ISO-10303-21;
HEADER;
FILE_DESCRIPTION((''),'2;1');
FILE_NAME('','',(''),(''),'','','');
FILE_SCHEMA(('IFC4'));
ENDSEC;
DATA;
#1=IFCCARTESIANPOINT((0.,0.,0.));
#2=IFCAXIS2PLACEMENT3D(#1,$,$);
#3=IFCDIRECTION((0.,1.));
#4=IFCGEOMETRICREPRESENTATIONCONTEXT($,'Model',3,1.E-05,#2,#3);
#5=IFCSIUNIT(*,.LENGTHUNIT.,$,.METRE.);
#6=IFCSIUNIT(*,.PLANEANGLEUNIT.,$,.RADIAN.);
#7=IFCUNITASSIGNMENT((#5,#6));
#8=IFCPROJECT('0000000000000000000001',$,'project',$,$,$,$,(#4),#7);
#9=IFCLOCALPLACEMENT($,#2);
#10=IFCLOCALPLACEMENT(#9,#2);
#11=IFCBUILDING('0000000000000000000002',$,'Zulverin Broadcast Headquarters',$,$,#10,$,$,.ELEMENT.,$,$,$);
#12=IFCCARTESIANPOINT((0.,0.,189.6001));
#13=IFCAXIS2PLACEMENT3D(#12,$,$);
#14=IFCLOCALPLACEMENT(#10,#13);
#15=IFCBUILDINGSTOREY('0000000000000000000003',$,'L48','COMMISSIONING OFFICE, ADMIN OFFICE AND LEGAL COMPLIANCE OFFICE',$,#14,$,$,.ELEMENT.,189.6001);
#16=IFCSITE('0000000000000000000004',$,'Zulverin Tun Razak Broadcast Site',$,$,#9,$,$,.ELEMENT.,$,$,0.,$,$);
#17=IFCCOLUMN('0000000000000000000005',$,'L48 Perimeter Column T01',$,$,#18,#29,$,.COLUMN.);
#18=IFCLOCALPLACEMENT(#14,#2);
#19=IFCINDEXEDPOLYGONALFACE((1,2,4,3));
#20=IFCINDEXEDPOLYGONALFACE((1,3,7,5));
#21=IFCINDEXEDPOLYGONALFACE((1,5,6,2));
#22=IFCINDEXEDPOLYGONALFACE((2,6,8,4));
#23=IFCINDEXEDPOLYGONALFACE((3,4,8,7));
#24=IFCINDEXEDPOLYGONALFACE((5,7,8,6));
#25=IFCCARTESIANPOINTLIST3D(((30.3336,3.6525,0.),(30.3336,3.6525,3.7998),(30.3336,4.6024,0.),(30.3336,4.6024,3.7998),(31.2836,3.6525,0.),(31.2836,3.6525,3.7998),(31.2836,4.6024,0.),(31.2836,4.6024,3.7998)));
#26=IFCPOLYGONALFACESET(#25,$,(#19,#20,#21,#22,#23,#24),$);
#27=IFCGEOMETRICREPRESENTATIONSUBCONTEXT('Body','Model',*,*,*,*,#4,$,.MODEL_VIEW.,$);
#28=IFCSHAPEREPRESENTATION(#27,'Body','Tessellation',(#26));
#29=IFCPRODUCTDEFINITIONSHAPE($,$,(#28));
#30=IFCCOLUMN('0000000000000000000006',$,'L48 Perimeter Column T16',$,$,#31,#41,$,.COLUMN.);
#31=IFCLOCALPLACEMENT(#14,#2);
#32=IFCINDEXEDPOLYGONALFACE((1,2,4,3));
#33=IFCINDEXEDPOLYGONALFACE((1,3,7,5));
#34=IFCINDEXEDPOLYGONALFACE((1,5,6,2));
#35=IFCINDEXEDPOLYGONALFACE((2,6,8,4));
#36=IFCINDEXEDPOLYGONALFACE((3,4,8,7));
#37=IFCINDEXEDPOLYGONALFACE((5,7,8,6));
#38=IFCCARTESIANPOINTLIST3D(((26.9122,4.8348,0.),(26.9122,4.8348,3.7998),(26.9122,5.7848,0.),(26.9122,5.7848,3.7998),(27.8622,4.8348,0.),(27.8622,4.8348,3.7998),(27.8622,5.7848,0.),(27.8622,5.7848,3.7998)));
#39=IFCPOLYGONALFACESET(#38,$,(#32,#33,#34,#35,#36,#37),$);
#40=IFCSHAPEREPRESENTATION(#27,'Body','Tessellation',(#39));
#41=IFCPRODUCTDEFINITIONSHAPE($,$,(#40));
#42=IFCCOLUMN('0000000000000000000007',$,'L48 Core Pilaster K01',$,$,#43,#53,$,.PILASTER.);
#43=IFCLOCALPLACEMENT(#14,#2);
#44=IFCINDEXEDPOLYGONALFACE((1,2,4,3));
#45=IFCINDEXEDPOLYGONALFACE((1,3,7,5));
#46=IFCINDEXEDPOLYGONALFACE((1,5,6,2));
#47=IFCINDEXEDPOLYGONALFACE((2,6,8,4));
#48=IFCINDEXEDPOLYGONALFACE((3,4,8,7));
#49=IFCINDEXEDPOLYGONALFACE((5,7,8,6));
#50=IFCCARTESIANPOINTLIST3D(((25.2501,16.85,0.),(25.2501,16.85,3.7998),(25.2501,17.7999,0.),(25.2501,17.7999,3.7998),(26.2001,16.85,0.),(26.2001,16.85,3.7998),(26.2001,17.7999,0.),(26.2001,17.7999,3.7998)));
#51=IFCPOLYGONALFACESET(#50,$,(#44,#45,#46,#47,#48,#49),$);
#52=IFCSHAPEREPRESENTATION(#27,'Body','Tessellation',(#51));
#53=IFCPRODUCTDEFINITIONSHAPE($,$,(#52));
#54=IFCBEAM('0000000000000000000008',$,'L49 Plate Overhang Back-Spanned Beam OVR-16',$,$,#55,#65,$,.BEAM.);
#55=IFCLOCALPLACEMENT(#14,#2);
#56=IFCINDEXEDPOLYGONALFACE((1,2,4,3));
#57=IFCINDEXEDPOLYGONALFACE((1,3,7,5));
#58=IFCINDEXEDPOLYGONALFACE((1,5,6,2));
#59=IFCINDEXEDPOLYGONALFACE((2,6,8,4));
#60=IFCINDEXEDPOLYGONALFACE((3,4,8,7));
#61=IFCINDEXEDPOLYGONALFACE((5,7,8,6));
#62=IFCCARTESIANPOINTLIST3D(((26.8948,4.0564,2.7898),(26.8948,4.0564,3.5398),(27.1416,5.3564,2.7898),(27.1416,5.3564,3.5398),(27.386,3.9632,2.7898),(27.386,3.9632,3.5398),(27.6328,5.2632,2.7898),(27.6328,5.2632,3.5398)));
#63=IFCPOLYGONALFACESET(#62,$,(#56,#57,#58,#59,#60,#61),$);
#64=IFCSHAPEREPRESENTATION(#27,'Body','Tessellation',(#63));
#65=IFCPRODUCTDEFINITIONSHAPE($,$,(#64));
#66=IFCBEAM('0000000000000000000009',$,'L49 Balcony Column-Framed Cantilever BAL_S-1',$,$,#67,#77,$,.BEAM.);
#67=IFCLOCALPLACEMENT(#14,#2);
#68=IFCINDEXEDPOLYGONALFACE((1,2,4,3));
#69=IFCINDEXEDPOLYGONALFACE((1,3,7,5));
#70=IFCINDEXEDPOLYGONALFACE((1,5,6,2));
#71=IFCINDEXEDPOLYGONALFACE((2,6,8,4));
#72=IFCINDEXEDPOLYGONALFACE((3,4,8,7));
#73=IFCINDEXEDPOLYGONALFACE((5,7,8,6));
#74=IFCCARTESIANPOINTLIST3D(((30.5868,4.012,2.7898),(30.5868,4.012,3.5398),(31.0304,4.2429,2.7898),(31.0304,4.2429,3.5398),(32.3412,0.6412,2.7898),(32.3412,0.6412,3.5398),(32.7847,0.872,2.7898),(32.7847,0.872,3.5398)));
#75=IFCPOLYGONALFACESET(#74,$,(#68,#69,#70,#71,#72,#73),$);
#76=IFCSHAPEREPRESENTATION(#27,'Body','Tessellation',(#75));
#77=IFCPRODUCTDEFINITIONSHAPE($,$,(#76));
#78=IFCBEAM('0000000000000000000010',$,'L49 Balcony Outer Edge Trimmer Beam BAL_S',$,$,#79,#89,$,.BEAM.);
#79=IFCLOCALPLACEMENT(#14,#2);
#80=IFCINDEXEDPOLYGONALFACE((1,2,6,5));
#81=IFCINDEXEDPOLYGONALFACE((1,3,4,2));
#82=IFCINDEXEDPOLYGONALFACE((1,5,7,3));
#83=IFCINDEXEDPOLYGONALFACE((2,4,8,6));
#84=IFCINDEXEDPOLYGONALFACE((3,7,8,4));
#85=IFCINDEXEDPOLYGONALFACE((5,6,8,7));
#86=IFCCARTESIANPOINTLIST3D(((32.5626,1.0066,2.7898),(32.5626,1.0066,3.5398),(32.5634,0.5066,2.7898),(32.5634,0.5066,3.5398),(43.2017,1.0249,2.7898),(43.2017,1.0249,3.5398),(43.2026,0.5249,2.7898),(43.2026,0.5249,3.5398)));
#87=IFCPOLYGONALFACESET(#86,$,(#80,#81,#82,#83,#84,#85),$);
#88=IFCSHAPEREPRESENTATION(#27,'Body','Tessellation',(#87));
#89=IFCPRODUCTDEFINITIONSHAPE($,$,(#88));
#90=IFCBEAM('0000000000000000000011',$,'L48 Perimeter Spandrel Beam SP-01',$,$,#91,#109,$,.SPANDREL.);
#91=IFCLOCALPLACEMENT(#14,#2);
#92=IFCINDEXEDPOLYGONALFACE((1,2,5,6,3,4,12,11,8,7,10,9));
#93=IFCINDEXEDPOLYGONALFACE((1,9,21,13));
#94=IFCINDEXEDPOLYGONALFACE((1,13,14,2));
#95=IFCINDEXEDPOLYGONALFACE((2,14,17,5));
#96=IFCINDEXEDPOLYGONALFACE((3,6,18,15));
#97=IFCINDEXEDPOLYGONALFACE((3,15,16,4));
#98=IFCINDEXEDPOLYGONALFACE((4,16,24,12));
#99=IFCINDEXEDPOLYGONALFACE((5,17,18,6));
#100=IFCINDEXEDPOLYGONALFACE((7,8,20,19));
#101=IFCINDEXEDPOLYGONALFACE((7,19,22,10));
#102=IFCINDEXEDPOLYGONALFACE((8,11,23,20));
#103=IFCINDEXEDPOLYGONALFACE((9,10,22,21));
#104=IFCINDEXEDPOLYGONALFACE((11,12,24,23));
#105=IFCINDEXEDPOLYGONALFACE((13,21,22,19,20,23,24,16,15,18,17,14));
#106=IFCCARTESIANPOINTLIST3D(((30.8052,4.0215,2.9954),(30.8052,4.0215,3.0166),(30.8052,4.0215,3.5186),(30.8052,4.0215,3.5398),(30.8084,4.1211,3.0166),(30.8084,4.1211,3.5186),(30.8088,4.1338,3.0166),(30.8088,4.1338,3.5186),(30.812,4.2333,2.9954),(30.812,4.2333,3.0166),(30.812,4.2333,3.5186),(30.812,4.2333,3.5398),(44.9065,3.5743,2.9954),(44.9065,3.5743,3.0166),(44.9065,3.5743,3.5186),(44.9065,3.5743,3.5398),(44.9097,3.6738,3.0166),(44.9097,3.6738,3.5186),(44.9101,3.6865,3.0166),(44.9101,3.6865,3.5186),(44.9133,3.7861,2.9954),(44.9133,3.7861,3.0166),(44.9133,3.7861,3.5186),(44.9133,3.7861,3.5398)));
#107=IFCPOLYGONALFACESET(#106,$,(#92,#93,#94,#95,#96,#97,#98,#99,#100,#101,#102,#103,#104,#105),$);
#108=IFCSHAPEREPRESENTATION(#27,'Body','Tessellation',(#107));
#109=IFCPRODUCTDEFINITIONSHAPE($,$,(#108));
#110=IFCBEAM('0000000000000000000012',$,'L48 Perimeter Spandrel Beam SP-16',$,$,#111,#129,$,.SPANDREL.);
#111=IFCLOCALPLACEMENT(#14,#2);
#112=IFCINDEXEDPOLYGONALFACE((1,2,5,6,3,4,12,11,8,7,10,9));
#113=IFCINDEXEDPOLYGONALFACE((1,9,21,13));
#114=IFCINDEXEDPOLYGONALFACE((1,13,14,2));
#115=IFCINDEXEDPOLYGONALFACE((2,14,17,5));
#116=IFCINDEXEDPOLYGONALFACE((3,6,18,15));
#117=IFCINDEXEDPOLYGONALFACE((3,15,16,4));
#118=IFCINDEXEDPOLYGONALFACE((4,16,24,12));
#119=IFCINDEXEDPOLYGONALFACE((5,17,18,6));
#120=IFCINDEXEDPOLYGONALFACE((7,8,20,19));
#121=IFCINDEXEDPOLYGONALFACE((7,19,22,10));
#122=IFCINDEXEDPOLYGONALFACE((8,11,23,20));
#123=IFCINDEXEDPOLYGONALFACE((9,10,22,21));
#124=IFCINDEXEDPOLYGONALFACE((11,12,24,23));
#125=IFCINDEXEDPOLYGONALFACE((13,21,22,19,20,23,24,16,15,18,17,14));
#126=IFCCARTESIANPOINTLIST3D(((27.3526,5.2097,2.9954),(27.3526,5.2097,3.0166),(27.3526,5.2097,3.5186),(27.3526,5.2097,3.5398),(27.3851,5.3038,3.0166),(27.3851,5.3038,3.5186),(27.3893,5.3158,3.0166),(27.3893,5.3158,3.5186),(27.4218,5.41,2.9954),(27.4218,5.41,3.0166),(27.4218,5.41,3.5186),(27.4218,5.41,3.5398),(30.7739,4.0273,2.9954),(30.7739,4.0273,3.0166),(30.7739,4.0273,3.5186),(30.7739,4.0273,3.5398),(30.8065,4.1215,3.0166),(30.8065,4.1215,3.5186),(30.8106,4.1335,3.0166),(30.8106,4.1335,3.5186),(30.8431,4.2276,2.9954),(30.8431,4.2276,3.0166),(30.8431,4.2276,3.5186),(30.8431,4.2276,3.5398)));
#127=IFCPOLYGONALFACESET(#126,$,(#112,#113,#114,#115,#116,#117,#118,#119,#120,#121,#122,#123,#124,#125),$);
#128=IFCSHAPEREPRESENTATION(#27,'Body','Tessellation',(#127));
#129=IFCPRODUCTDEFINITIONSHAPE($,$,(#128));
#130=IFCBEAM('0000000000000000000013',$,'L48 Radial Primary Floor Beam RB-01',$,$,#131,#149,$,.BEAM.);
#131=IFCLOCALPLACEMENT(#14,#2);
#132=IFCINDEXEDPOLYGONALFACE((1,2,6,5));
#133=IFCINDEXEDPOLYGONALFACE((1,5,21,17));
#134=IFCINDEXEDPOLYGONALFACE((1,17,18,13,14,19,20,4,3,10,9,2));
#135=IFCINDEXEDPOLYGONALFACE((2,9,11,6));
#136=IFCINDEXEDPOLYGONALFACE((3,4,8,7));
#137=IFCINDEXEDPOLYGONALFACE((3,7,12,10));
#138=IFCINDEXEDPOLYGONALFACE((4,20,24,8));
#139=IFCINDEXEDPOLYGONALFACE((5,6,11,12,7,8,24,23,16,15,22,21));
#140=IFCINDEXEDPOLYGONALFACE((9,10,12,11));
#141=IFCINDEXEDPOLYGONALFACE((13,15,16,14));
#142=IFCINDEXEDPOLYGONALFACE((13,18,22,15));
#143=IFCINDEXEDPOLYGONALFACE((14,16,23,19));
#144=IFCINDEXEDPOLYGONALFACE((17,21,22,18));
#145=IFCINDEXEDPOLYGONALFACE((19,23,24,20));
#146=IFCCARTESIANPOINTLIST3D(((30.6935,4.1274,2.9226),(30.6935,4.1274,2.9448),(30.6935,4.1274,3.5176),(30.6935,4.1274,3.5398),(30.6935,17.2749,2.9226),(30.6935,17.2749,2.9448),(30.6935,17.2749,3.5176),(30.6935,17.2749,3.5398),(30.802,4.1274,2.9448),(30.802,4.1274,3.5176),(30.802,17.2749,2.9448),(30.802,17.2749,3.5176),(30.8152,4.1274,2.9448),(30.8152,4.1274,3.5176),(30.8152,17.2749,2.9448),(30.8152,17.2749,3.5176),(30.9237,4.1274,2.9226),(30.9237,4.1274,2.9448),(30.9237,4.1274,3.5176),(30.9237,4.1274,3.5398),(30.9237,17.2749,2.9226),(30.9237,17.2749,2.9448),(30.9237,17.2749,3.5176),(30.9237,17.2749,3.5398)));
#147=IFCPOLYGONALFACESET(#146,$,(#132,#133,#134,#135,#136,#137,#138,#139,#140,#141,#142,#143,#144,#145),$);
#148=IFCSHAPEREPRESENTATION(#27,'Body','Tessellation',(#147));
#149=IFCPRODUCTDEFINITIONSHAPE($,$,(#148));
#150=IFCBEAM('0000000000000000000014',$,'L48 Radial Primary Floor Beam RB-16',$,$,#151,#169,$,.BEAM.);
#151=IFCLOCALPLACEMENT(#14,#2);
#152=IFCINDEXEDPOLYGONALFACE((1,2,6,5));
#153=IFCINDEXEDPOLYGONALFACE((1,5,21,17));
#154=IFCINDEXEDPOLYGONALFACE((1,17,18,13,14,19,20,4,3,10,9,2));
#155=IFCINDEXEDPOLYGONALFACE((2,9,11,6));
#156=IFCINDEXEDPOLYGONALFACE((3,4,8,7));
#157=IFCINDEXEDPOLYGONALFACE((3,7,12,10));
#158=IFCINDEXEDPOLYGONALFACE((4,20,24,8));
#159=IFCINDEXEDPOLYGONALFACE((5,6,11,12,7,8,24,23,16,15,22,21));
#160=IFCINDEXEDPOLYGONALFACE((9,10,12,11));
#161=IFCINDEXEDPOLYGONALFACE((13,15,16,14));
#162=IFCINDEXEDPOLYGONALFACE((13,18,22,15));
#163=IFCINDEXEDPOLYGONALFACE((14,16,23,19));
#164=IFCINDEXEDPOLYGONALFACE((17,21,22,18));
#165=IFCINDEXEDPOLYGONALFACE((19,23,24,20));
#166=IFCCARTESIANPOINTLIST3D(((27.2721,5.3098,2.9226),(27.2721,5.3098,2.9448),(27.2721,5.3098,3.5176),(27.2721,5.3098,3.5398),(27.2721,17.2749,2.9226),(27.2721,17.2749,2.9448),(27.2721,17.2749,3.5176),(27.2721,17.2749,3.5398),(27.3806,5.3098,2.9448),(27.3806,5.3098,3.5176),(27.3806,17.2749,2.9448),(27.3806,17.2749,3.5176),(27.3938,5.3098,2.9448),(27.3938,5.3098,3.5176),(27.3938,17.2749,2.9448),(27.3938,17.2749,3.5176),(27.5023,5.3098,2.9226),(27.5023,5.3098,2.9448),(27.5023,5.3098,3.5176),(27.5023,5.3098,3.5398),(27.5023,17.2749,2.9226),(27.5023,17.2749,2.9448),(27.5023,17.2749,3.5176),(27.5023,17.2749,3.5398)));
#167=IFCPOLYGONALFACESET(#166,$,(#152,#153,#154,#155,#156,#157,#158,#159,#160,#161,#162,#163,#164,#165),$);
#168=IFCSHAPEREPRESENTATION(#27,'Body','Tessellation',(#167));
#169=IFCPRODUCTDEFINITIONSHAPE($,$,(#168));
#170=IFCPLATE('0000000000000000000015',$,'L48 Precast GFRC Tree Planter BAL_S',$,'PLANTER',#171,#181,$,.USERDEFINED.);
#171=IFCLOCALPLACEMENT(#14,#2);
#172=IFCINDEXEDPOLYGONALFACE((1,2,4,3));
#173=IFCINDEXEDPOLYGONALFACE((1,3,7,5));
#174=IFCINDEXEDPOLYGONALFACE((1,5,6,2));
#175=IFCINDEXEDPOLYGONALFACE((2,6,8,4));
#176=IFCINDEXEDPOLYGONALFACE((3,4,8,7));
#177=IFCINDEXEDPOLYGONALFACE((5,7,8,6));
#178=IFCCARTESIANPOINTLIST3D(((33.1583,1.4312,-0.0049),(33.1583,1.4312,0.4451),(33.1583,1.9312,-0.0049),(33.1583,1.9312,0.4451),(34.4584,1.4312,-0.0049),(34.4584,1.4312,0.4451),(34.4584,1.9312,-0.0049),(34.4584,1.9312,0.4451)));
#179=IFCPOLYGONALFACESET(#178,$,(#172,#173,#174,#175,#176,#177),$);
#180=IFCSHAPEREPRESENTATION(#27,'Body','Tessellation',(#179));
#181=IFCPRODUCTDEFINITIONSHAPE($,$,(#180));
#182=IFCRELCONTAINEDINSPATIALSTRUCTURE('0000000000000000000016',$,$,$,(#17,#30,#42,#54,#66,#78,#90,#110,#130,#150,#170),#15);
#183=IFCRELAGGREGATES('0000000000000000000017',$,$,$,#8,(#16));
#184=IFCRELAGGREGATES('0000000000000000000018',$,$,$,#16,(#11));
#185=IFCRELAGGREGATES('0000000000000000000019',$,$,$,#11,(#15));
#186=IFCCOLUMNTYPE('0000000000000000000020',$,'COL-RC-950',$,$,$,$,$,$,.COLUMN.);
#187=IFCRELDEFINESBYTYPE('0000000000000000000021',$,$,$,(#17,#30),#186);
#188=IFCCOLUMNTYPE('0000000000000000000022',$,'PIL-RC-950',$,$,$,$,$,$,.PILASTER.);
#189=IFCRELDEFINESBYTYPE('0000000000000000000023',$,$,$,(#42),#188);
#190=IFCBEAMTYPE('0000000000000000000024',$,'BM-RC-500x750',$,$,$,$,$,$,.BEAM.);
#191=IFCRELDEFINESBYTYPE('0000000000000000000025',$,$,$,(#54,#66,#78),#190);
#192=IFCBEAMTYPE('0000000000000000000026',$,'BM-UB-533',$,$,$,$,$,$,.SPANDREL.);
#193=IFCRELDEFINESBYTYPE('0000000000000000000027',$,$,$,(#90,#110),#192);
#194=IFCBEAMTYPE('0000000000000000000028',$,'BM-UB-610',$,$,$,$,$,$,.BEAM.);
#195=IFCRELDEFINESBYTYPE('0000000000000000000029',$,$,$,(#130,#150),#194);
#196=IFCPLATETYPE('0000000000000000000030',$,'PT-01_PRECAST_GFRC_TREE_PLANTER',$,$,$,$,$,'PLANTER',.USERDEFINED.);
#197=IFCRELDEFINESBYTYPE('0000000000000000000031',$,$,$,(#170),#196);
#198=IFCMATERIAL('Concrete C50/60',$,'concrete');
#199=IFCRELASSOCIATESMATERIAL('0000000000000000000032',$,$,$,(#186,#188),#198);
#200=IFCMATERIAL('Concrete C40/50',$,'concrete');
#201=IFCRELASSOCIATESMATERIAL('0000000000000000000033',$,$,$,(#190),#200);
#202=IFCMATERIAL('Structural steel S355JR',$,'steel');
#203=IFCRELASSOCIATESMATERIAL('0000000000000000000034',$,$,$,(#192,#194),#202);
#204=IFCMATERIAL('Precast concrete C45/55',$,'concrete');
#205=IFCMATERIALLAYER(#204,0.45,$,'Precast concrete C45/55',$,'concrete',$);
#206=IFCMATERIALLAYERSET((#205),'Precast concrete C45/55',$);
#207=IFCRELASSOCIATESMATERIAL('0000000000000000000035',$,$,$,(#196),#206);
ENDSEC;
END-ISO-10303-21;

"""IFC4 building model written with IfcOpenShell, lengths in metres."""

from ifc_helpers import new_model, si_unit, direction, frame, origin, origin_2d, place, context, subcontext, project, spatial, rectangle, i_section, extrude, material, layer, layer_set, material_profile, profile_set, type_object, element, save


model = new_model("IFC4")

# Units and contexts
model_context = context("Model", 3, precision=1e-05, world=origin(), true_north=direction((0.0, 1.0)))
body_context = subcontext(model_context, "Body", "Model", "MODEL_VIEW")
ifc_project = project(units=[si_unit("LENGTHUNIT", "METRE"), si_unit("PLANEANGLEUNIT", "RADIAN")], contexts=[model_context])

# Site, building, storey
site_placement = place(None, origin())
site = spatial("IfcSite", under=ifc_project, at=site_placement, Name="Zulverin Tun Razak Broadcast Site", CompositionType="ELEMENT", RefElevation=0.0)
building_placement = place(site_placement, origin())
building = spatial("IfcBuilding", under=site, at=building_placement, Name="Zulverin Broadcast Headquarters", CompositionType="ELEMENT")
storey_placement = place(building_placement, frame((0.0, 0.0, 189.6001)))
storey = spatial("IfcBuildingStorey", under=building, at=storey_placement, Name="L48", Description="COMMISSIONING OFFICE, ADMIN OFFICE AND LEGAL COMPLIANCE OFFICE", CompositionType="ELEMENT", Elevation=189.6001)

# Columns
ifc_material_1 = material(Name="Concrete C50/60", Category="concrete")
ifc_material_profile_1 = material_profile(ifc_material_1, rectangle(XDim=0.95, YDim=0.95, at=origin_2d()), Name="Concrete C50/60", Category="concrete")
ifc_profile_set_1 = profile_set([ifc_material_profile_1], Name="Concrete C50/60")
column_type_1 = type_object("IfcColumnType", Name="COL-RC-950", PredefinedType="COLUMN", material=ifc_profile_set_1)
for number, where, z_axis, x_axis, name in (
    (1, (30.8086, 4.1274, 0.0), (0.0, 0.0, 1.0), (1.0, 0.0, 0.0), "L48 Perimeter Column T01"),
    (2, (27.3872, 5.3098, 0.0), (0.0, 0.0, 1.0), (1.0, 0.0, 0.0), "L48 Perimeter Column T16"),
):
    element("IfcColumn", number, at=place(storey_placement, frame(where, z_axis=z_axis, x_axis=x_axis)), inside=storey, type_object=column_type_1, Name=name, PredefinedType="COLUMN", context=body_context, shape_type="SweptSolid", body=[
        extrude(rectangle(XDim=0.95, YDim=0.95, at=origin_2d()), origin(), (0.0, 0.0, 1.0), 3.7998),
    ])
ifc_material_profile_2 = material_profile(ifc_material_1, rectangle(XDim=0.95, YDim=0.95, at=origin_2d()), Name="Concrete C50/60", Category="concrete")
ifc_profile_set_2 = profile_set([ifc_material_profile_2], Name="Concrete C50/60")
column_type_2 = type_object("IfcColumnType", Name="PIL-RC-950", PredefinedType="PILASTER", material=ifc_profile_set_2)
column_placement = place(storey_placement, frame((25.7251, 17.325, 0.0), z_axis=(0.0, 0.0, 1.0), x_axis=(1.0, 0.0, 0.0)))
element("IfcColumn", 3, at=column_placement, inside=storey, type_object=column_type_2, Name="L48 Core Pilaster K01", PredefinedType="PILASTER", context=body_context, shape_type="SweptSolid", body=[
    extrude(rectangle(XDim=0.95, YDim=0.95, at=origin_2d()), origin(), (0.0, 0.0, 1.0), 3.7998),
])

# Beams
ifc_material_2 = material(Name="Concrete C40/50", Category="concrete")
ifc_material_profile_3 = material_profile(ifc_material_2, rectangle(XDim=0.5, YDim=0.75, at=origin_2d()), Name="Concrete C40/50", Category="concrete")
ifc_profile_set_3 = profile_set([ifc_material_profile_3], Name="Concrete C40/50")
beam_type_1 = type_object("IfcBeamType", Name="BM-RC-500x750", PredefinedType="BEAM", material=ifc_profile_set_3)
beam_1_placement = place(storey_placement, frame((27.3872, 5.3098, 3.1648), z_axis=(-0.186527, -0.98245, 0.0), x_axis=(0.98245, -0.186527, 0.0)))
element("IfcBeam", 4, at=beam_1_placement, inside=storey, type_object=beam_type_1, Name="L49 Plate Overhang Back-Spanned Beam OVR-16", PredefinedType="BEAM", context=body_context, shape_type="SweptSolid", body=[
    extrude(rectangle(XDim=0.5, YDim=0.75, at=origin_2d()), origin(), (0.0, 0.0, 1.0), 1.3232),
])
beam_2_placement = place(storey_placement, frame((30.8086, 4.1274, 3.1648), z_axis=(0.461674, -0.887049, 0.0), x_axis=(0.887049, 0.461674, 0.0)))
element("IfcBeam", 5, at=beam_2_placement, inside=storey, type_object=beam_type_1, Name="L49 Balcony Column-Framed Cantilever BAL_S-1", PredefinedType="BEAM", context=body_context, shape_type="SweptSolid", body=[
    extrude(rectangle(XDim=0.5, YDim=0.75, at=origin_2d()), origin(), (0.0, 0.0, 1.0), 3.8),
])
beam_3_placement = place(storey_placement, frame((32.563, 0.7566, 3.1648), z_axis=(0.999999, 0.001721, 0.0), x_axis=(-0.001721, 0.999999, 0.0)))
element("IfcBeam", 6, at=beam_3_placement, inside=storey, type_object=beam_type_1, Name="L49 Balcony Outer Edge Trimmer Beam BAL_S", PredefinedType="BEAM", context=body_context, shape_type="SweptSolid", body=[
    extrude(rectangle(XDim=0.5, YDim=0.75, at=origin_2d()), origin(), (0.0, 0.0, 1.0), 10.6392),
])
ifc_material_3 = material(Name="Structural steel S355JR", Category="steel")
ifc_material_profile_4 = material_profile(ifc_material_3, i_section(OverallWidth=0.2119, OverallDepth=0.5444, WebThickness=0.0127, FlangeThickness=0.0212, at=origin_2d()), Name="Structural steel S355JR", Category="steel")
ifc_profile_set_4 = profile_set([ifc_material_profile_4], Name="Structural steel S355JR")
beam_type_2 = type_object("IfcBeamType", Name="BM-UB-533", PredefinedType="SPANDREL", material=ifc_profile_set_4)
beam_4_placement = place(storey_placement, frame((30.8086, 4.1274, 3.2676), z_axis=(0.999497, -0.031702, 0.0), x_axis=(0.031702, 0.999497, 0.0)))
element("IfcBeam", 7, at=beam_4_placement, inside=storey, type_object=beam_type_2, Name="L48 Perimeter Spandrel Beam SP-01", PredefinedType="SPANDREL", context=body_context, shape_type="SweptSolid", body=[
    extrude(i_section(OverallWidth=0.2119, OverallDepth=0.5444, WebThickness=0.0127, FlangeThickness=0.0212, at=origin_2d()), origin(), (0.0, 0.0, 1.0), 14.1084),
])
beam_5_placement = place(storey_placement, frame((27.3872, 5.3098, 3.2676), z_axis=(0.945153, -0.326629, 0.0), x_axis=(0.326629, 0.945153, 0.0)))
element("IfcBeam", 8, at=beam_5_placement, inside=storey, type_object=beam_type_2, Name="L48 Perimeter Spandrel Beam SP-16", PredefinedType="SPANDREL", context=body_context, shape_type="SweptSolid", body=[
    extrude(i_section(OverallWidth=0.2119, OverallDepth=0.5444, WebThickness=0.0127, FlangeThickness=0.0212, at=origin_2d()), origin(), (0.0, 0.0, 1.0), 3.6199),
])
ifc_material_profile_5 = material_profile(ifc_material_3, i_section(OverallWidth=0.2302, OverallDepth=0.6172, WebThickness=0.0132, FlangeThickness=0.0222, at=origin_2d()), Name="Structural steel S355JR", Category="steel")
ifc_profile_set_5 = profile_set([ifc_material_profile_5], Name="Structural steel S355JR")
beam_type_3 = type_object("IfcBeamType", Name="BM-UB-610", PredefinedType="BEAM", material=ifc_profile_set_5)
beam_6_placement = place(storey_placement, frame((30.8086, 17.2749, 3.2312), z_axis=(0.0, -1.0, 0.0), x_axis=(1.0, 0.0, 0.0)))
element("IfcBeam", 9, at=beam_6_placement, inside=storey, type_object=beam_type_3, Name="L48 Radial Primary Floor Beam RB-01", PredefinedType="BEAM", context=body_context, shape_type="SweptSolid", body=[
    extrude(i_section(OverallWidth=0.2302, OverallDepth=0.6172, WebThickness=0.0132, FlangeThickness=0.0222, at=origin_2d()), origin(), (0.0, 0.0, 1.0), 13.1475),
])
beam_7_placement = place(storey_placement, frame((27.3872, 17.2749, 3.2312), z_axis=(0.0, -1.0, 0.0), x_axis=(1.0, 0.0, 0.0)))
element("IfcBeam", 10, at=beam_7_placement, inside=storey, type_object=beam_type_3, Name="L48 Radial Primary Floor Beam RB-16", PredefinedType="BEAM", context=body_context, shape_type="SweptSolid", body=[
    extrude(i_section(OverallWidth=0.2302, OverallDepth=0.6172, WebThickness=0.0132, FlangeThickness=0.0222, at=origin_2d()), origin(), (0.0, 0.0, 1.0), 11.9651),
])

# Plate
ifc_material_4 = material(Name="Precast concrete C45/55", Category="concrete")
ifc_layer_1 = layer(ifc_material_4, 0.45, Name="Precast concrete C45/55", Category="concrete")
ifc_layer_set_1 = layer_set([ifc_layer_1], Name="Precast concrete C45/55")
plate_type = type_object("IfcPlateType", Name="PT-01_PRECAST_GFRC_TREE_PLANTER", ElementType="PLANTER", PredefinedType="USERDEFINED", material=ifc_layer_set_1)
plate_placement = place(storey_placement, frame((33.8083, 1.6812, -0.0049), z_axis=(0.0, 0.0, 1.0), x_axis=(1.0, 0.0, 0.0)))
element("IfcPlate", 11, at=plate_placement, inside=storey, type_object=plate_type, Name="L48 Precast GFRC Tree Planter BAL_S", ObjectType="PLANTER", PredefinedType="USERDEFINED", context=body_context, shape_type="SweptSolid", body=[
    extrude(rectangle(XDim=1.3, YDim=0.5, at=origin_2d()), origin(), (0.0, 0.0, 1.0), 0.45),
])

save(model, "model.ifc")
